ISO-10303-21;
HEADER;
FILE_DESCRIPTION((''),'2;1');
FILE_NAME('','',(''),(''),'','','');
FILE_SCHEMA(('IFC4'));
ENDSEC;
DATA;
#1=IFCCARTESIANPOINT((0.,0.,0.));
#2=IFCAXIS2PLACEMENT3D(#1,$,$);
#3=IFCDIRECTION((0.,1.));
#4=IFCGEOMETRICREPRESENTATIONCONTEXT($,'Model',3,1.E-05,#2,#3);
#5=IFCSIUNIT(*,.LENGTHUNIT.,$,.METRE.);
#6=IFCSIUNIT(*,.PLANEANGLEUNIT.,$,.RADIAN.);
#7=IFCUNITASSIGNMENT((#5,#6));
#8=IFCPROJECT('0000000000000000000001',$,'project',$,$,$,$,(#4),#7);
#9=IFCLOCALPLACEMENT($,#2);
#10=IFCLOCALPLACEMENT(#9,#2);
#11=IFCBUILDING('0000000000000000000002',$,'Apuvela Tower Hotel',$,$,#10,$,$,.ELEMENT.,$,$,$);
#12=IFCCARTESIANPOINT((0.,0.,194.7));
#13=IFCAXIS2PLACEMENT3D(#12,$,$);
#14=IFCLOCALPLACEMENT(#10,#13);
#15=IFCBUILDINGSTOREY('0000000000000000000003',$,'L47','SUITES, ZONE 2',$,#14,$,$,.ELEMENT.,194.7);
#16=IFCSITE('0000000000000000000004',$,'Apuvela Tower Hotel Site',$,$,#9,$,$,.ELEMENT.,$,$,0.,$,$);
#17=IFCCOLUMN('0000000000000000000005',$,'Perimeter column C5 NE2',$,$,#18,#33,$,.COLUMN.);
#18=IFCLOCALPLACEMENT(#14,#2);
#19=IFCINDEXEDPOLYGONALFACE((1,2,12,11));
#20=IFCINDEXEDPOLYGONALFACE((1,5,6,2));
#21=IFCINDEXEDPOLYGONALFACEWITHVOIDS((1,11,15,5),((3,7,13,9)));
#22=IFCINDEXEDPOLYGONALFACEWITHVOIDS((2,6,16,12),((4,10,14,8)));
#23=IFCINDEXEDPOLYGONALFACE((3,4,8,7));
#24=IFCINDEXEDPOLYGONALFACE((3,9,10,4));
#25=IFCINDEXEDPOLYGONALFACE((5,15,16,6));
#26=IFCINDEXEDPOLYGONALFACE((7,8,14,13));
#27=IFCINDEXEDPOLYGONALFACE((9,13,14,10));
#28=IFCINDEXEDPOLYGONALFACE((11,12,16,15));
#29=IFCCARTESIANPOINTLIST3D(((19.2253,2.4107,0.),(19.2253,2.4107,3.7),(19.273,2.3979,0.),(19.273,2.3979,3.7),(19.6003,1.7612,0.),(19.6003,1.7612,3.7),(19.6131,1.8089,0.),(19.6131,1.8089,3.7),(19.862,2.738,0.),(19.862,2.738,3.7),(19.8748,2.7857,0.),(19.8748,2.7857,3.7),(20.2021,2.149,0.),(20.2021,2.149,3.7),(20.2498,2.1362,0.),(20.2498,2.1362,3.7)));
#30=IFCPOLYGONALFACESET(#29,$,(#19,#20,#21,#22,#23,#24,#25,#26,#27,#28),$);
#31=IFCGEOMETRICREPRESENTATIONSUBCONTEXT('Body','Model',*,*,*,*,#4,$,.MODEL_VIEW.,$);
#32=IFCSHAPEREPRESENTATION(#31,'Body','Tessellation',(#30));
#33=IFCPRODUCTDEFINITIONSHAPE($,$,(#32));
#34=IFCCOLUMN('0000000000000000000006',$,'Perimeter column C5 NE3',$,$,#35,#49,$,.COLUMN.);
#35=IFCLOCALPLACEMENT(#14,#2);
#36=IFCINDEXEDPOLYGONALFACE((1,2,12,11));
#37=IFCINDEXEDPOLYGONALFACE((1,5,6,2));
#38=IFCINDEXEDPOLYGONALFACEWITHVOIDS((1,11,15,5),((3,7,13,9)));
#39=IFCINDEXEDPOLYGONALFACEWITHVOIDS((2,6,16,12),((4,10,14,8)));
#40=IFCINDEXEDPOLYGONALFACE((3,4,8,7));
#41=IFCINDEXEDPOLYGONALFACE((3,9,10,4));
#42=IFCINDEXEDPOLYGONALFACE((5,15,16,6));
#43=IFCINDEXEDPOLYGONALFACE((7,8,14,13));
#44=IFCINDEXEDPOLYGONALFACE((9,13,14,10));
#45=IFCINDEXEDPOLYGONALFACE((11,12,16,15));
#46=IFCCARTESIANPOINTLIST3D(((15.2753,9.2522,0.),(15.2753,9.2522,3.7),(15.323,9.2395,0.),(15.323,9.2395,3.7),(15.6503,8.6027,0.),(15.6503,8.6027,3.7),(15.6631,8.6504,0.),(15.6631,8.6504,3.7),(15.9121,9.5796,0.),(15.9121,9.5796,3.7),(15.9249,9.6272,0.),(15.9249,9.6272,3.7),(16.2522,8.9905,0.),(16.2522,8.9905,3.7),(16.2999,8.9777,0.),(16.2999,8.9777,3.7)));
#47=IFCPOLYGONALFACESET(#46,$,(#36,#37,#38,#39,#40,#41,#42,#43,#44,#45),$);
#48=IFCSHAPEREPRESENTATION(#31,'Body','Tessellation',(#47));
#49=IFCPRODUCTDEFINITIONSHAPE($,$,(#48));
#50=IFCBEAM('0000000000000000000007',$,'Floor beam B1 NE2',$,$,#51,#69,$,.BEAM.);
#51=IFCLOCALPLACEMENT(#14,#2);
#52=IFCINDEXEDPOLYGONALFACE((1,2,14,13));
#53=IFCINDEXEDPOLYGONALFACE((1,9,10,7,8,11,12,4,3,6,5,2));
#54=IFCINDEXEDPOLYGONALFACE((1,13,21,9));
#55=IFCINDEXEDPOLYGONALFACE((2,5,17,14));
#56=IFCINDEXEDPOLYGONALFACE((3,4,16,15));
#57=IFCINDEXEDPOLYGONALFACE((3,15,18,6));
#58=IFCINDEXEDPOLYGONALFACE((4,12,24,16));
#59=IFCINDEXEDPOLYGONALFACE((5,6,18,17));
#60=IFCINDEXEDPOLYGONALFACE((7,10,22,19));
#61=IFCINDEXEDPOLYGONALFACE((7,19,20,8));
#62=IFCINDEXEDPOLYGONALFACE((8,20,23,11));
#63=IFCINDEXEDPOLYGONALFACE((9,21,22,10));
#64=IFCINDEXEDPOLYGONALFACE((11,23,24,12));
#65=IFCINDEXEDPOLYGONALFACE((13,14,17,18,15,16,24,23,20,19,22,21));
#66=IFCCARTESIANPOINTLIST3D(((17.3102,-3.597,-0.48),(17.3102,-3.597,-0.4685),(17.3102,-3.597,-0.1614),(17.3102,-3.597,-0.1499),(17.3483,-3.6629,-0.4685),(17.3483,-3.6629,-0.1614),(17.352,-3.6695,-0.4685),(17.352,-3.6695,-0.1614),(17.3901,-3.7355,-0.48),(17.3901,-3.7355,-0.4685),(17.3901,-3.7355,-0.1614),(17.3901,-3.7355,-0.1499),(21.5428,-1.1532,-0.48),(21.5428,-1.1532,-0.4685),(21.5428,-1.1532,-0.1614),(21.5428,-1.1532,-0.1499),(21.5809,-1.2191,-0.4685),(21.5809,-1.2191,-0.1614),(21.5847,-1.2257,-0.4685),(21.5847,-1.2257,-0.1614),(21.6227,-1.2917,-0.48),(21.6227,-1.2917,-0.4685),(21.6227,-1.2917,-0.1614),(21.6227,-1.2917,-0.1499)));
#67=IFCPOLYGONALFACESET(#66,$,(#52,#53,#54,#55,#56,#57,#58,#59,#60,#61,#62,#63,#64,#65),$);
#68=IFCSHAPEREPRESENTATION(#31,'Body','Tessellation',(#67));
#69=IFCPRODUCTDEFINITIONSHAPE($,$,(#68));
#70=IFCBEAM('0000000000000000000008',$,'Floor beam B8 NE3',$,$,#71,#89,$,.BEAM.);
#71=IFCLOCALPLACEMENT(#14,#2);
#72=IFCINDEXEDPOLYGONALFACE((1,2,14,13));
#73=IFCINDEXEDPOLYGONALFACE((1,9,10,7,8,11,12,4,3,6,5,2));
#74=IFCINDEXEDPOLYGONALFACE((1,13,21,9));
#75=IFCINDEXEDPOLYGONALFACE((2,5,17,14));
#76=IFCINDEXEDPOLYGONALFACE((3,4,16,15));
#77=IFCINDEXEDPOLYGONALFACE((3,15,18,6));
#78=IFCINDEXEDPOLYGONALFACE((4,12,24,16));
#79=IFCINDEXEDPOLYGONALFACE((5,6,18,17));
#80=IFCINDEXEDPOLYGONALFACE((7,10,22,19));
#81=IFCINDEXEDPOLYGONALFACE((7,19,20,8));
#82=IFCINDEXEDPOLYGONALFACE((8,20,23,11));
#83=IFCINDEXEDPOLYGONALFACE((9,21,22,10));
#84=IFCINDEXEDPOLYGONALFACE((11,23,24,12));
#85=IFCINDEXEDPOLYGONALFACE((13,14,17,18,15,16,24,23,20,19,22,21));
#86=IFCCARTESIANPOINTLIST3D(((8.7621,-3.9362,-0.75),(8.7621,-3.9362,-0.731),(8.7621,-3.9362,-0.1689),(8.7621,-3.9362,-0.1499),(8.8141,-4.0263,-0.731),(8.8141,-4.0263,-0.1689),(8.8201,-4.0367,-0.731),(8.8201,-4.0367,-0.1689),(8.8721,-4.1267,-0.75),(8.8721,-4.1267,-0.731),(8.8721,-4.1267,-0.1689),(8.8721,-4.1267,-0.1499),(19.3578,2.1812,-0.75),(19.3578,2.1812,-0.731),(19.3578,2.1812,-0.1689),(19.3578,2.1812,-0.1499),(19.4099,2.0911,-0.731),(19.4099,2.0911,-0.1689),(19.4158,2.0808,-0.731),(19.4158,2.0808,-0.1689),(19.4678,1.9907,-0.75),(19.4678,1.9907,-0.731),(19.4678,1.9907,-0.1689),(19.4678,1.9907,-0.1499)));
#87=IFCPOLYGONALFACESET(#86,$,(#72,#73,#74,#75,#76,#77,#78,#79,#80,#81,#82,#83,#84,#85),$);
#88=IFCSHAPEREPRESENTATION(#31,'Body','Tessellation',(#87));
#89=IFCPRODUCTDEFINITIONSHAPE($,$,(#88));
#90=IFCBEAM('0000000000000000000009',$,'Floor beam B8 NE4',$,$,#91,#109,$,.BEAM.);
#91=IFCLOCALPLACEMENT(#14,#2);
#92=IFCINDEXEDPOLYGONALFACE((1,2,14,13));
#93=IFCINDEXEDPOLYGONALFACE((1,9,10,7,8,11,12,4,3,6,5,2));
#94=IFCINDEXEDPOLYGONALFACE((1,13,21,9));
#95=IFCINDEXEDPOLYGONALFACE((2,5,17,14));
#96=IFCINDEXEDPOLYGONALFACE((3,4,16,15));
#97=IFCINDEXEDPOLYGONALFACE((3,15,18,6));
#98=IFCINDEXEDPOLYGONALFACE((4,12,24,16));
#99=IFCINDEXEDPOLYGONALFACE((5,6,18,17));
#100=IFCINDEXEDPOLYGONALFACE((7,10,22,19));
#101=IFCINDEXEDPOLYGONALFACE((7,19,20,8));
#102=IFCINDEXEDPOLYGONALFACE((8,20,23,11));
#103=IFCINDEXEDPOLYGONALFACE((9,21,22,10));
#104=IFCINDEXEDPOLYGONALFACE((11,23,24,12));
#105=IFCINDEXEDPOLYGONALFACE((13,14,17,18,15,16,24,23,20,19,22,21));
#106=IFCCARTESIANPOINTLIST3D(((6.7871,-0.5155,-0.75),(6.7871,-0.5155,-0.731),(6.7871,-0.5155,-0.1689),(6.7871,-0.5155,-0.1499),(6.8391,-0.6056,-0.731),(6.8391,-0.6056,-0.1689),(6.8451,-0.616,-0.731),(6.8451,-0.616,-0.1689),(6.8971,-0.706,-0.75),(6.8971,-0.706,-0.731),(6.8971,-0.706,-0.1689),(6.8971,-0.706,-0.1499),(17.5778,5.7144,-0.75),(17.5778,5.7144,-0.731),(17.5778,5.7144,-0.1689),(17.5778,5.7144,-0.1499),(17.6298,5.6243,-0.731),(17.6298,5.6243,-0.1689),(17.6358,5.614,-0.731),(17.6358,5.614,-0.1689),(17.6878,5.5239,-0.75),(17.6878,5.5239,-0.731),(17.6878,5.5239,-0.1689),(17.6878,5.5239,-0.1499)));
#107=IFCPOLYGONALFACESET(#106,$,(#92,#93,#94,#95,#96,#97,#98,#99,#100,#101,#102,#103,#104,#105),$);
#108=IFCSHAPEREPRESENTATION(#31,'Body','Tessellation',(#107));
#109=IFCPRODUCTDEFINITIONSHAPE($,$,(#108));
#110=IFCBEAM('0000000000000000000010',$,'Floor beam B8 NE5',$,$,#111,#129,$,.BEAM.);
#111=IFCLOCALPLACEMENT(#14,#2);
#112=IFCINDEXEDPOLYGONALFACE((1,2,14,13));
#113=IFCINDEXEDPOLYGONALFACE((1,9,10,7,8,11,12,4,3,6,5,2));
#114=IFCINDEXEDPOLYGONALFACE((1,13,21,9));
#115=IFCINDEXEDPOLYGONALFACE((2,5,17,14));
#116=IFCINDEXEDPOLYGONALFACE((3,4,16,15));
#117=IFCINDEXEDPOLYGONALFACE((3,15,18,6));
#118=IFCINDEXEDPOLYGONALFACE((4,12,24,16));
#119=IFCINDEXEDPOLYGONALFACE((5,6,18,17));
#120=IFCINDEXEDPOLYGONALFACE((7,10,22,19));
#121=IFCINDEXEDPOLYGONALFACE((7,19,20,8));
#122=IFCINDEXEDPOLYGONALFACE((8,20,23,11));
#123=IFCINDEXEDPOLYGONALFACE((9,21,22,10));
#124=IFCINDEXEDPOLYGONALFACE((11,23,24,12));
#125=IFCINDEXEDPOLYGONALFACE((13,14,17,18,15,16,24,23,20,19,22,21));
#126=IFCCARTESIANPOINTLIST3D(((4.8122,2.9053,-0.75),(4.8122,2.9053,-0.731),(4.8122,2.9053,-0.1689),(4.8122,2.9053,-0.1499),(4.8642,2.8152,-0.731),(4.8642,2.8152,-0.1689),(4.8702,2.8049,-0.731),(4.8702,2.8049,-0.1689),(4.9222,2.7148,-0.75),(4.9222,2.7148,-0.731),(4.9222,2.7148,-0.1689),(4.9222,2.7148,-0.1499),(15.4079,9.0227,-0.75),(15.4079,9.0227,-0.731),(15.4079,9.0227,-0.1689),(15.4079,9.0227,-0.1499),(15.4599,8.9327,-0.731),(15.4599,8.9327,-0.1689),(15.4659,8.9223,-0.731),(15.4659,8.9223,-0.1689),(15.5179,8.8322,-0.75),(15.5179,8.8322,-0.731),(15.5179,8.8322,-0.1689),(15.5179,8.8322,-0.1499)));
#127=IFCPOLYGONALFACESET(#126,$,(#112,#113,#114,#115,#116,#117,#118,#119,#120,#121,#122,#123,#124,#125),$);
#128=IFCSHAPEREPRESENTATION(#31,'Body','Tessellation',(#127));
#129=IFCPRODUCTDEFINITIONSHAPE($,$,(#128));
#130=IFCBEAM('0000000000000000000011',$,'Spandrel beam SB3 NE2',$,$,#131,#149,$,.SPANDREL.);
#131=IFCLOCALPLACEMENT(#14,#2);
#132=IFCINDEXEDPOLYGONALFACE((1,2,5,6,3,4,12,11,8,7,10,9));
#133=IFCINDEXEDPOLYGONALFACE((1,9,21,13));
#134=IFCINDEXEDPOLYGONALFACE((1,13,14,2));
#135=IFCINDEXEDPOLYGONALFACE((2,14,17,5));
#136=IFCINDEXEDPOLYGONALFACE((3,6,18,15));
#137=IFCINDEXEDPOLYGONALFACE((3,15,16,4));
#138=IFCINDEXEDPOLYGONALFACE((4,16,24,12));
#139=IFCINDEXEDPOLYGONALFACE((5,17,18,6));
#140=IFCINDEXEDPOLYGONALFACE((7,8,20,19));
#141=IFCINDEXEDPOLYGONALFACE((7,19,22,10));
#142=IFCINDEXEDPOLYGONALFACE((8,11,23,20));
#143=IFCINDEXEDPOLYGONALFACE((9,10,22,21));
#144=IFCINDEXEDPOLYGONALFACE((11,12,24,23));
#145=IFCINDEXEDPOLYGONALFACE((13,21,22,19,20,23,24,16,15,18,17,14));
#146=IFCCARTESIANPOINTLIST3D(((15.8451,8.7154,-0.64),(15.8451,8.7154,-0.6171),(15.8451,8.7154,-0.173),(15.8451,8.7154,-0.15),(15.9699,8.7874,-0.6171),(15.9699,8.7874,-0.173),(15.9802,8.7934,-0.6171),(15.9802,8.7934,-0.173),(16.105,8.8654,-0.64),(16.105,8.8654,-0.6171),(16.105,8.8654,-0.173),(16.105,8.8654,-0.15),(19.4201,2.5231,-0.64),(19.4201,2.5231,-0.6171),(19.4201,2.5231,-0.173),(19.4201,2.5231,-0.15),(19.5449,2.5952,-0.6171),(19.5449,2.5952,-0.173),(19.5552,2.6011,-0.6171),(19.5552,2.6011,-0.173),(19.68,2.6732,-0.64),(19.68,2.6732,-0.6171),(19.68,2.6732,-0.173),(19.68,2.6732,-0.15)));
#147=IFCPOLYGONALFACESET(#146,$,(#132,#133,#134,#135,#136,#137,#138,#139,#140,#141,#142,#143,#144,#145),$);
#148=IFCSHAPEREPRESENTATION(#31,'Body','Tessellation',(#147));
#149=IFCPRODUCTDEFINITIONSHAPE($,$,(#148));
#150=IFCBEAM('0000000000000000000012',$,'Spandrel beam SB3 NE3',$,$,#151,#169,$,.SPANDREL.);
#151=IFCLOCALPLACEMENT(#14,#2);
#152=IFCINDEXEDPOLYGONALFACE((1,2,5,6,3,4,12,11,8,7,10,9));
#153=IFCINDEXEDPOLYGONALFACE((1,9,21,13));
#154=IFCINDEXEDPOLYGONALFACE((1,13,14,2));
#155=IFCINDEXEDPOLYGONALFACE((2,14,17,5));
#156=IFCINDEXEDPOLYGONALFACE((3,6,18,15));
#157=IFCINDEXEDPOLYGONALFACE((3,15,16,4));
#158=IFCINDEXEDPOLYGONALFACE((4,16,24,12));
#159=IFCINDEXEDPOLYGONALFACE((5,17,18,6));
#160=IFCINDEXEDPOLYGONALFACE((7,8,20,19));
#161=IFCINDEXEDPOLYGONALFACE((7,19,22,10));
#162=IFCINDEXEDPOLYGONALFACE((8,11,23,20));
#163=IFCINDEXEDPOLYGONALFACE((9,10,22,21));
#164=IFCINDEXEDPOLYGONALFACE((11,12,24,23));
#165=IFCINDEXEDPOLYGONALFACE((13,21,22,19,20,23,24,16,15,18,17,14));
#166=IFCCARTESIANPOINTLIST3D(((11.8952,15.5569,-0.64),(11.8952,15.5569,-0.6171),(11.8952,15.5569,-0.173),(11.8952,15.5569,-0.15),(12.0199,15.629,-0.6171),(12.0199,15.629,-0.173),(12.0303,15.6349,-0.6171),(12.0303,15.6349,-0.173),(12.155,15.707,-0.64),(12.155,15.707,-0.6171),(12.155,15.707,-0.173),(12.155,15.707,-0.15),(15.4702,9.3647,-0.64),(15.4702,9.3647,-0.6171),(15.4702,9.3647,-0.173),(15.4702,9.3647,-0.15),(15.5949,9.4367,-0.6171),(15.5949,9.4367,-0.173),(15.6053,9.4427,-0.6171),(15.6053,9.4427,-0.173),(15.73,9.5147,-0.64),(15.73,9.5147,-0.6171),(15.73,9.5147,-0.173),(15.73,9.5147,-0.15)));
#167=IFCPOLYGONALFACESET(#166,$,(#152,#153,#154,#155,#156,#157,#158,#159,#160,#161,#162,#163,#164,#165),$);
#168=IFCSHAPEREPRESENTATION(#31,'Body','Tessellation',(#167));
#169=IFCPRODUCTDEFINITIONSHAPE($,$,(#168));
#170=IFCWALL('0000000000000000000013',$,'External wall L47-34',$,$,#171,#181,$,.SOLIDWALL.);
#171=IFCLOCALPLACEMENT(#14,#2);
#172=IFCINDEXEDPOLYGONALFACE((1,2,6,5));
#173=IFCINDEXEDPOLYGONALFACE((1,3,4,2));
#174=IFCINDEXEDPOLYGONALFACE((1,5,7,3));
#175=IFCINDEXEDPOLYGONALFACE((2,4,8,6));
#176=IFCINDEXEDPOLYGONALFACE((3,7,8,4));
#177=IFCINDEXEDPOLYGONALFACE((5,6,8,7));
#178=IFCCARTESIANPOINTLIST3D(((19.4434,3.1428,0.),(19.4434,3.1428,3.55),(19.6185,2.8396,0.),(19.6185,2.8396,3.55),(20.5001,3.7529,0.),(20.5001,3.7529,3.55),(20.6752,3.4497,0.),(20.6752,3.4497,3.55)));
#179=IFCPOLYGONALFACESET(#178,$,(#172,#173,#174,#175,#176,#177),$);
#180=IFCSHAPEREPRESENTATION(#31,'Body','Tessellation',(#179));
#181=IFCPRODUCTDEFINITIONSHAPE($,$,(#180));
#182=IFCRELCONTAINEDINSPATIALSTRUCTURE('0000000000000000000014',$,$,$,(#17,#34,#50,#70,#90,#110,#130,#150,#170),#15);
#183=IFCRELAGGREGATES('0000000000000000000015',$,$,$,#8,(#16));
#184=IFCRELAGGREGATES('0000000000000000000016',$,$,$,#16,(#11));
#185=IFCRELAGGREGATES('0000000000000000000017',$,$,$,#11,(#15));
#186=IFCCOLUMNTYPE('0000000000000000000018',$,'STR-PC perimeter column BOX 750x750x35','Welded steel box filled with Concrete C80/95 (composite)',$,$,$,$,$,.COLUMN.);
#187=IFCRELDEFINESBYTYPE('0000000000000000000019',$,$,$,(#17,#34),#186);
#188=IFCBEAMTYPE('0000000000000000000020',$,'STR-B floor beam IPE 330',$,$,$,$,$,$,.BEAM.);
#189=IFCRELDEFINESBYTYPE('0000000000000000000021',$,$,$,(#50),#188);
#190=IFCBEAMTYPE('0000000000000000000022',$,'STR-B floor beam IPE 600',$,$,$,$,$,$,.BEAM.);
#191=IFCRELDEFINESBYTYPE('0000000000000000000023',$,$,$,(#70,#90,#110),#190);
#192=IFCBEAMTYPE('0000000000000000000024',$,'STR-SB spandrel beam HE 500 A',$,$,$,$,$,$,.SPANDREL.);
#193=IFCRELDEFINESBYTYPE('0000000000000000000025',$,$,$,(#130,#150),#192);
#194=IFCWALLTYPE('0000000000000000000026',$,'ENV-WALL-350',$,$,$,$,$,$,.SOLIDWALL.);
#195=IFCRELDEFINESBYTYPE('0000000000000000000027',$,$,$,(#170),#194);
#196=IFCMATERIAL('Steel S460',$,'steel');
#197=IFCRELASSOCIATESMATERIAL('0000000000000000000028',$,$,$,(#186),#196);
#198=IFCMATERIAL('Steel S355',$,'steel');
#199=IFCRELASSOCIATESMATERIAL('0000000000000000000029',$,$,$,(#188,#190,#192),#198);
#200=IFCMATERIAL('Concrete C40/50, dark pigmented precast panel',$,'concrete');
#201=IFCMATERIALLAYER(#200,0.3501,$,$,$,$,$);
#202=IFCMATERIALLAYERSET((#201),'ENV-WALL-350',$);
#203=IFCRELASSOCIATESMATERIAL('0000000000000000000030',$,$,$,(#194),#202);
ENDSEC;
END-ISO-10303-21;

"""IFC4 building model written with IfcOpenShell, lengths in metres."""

from ifc_helpers import new_model, si_unit, direction, frame, frame_2d, origin, origin_2d, place, context, subcontext, project, spatial, rectangle, hollow_rectangle, i_section, extrude, material, layer, layer_set, material_profile, profile_set, type_object, element, save


model = new_model("IFC4")

# Units and contexts
model_context = context("Model", 3, precision=1e-05, world=origin(), true_north=direction((0.0, 1.0)))
body_context = subcontext(model_context, "Body", "Model", "MODEL_VIEW")
ifc_project = project(units=[si_unit("LENGTHUNIT", "METRE"), si_unit("PLANEANGLEUNIT", "RADIAN")], contexts=[model_context])

# Site, building, storey
site_placement = place(None, origin())
site = spatial("IfcSite", under=ifc_project, at=site_placement, Name="Apuvela Tower Hotel Site", CompositionType="ELEMENT", RefElevation=0.0)
building_placement = place(site_placement, origin())
building = spatial("IfcBuilding", under=site, at=building_placement, Name="Apuvela Tower Hotel", CompositionType="ELEMENT")
storey_placement = place(building_placement, frame((0.0, 0.0, 194.7)))
storey = spatial("IfcBuildingStorey", under=building, at=storey_placement, Name="L47", Description="SUITES, ZONE 2", CompositionType="ELEMENT", Elevation=194.7)

# Columns
ifc_material_1 = material(Name="Steel S460", Category="steel")
ifc_material_profile_1 = material_profile(ifc_material_1, hollow_rectangle(XDim=0.75, YDim=0.75, WallThickness=0.0349, at=origin_2d()), Name="BOX 750x750x35")
ifc_material_2 = material(Name="Concrete C80/95", Category="concrete")
ifc_material_profile_2 = material_profile(ifc_material_2, rectangle(XDim=0.6799, YDim=0.6799, at=origin_2d()), Name="Concrete C80/95 infill")
ifc_profile_set_1 = profile_set([ifc_material_profile_1, ifc_material_profile_2], Name="Steel S460")
column_type = type_object("IfcColumnType", Name="STR-PC perimeter column BOX 750x750x35", Description="Welded steel box filled with Concrete C80/95 (composite)", PredefinedType="COLUMN", material=ifc_profile_set_1)
for number, where, z_axis, x_axis, name in (
    (1, (19.7375, 2.2734, 0.0), (0.0, 0.0, 1.0), (-0.5, 0.866025, 0.0), "Perimeter column C5 NE2"),
    (2, (15.7876, 9.115, 0.0), (0.0, 0.0, 1.0), (-0.5, 0.866025, 0.0), "Perimeter column C5 NE3"),
):
    element("IfcColumn", number, at=place(storey_placement, frame(where, z_axis=z_axis, x_axis=x_axis)), inside=storey, type_object=column_type, Name=name, PredefinedType="COLUMN", context=body_context, shape_type="SweptSolid", body=[
        extrude(hollow_rectangle(XDim=0.75, YDim=0.75, WallThickness=0.0349, at=origin_2d()), origin(), (0.0, 0.0, 1.0), 3.7),
    ])

# Beams
ifc_material_3 = material(Name="Steel S355", Category="steel")
ifc_material_profile_3 = material_profile(ifc_material_3, i_section(OverallWidth=0.1599, OverallDepth=0.3301, WebThickness=0.0076, FlangeThickness=0.0115, at=origin_2d()), Name="IPE 330")
ifc_profile_set_2 = profile_set([ifc_material_profile_3], Name="Steel S355")
beam_type_1 = type_object("IfcBeamType", Name="STR-B floor beam IPE 330", PredefinedType="BEAM", material=ifc_profile_set_2)
beam_1_placement = place(storey_placement, frame((21.5828, -1.2224, -0.3149), z_axis=(-0.866015, -0.500018, 0.0), x_axis=(0.500018, -0.866015, 0.0)))
element("IfcBeam", 3, at=beam_1_placement, inside=storey, type_object=beam_type_1, Name="Floor beam B1 NE2", PredefinedType="BEAM", context=body_context, shape_type="SweptSolid", body=[
    extrude(i_section(OverallWidth=0.1599, OverallDepth=0.3301, WebThickness=0.0076, FlangeThickness=0.0115, at=origin_2d()), origin(), (0.0, 0.0, 1.0), 4.8875),
])
ifc_material_profile_4 = material_profile(ifc_material_3, i_section(OverallWidth=0.22, OverallDepth=0.6001, WebThickness=0.012, FlangeThickness=0.019, at=origin_2d()), Name="IPE 600")
ifc_profile_set_3 = profile_set([ifc_material_profile_4], Name="Steel S355")
beam_type_2 = type_object("IfcBeamType", Name="STR-B floor beam IPE 600", PredefinedType="BEAM", material=ifc_profile_set_3)
beam_2_placement = place(storey_placement, frame((19.4128, 2.0859, -0.45), z_axis=(-0.866025, -0.5, 0.0), x_axis=(0.5, -0.866025, 0.0)))
element("IfcBeam", 4, at=beam_2_placement, inside=storey, type_object=beam_type_2, Name="Floor beam B8 NE3", PredefinedType="BEAM", context=body_context, shape_type="SweptSolid", body=[
    extrude(i_section(OverallWidth=0.22, OverallDepth=0.6001, WebThickness=0.012, FlangeThickness=0.019, at=origin_2d()), origin(), (0.0, 0.0, 1.0), 12.2349),
])
beam_3_placement = place(storey_placement, frame((17.6328, 5.6191, -0.45), z_axis=(-0.866028, -0.499996, 0.0), x_axis=(0.499996, -0.866028, 0.0)))
element("IfcBeam", 5, at=beam_3_placement, inside=storey, type_object=beam_type_2, Name="Floor beam B8 NE4", PredefinedType="BEAM", context=body_context, shape_type="SweptSolid", body=[
    extrude(i_section(OverallWidth=0.22, OverallDepth=0.6001, WebThickness=0.012, FlangeThickness=0.019, at=origin_2d()), origin(), (0.0, 0.0, 1.0), 12.46),
])
beam_4_placement = place(storey_placement, frame((15.4629, 8.9275, -0.45), z_axis=(-0.866025, -0.5, 0.0), x_axis=(0.5, -0.866025, 0.0)))
element("IfcBeam", 6, at=beam_4_placement, inside=storey, type_object=beam_type_2, Name="Floor beam B8 NE5", PredefinedType="BEAM", context=body_context, shape_type="SweptSolid", body=[
    extrude(i_section(OverallWidth=0.22, OverallDepth=0.6001, WebThickness=0.012, FlangeThickness=0.019, at=origin_2d()), origin(), (0.0, 0.0, 1.0), 12.2349),
])
ifc_material_profile_5 = material_profile(ifc_material_3, i_section(OverallWidth=0.3, OverallDepth=0.49, WebThickness=0.012, FlangeThickness=0.0229, at=origin_2d()), Name="HE 500 A")
ifc_profile_set_4 = profile_set([ifc_material_profile_5], Name="Steel S355")
beam_type_3 = type_object("IfcBeamType", Name="STR-SB spandrel beam HE 500 A", PredefinedType="SPANDREL", material=ifc_profile_set_4)
for number, where, z_axis, x_axis, name in (
    (7, (19.55, 2.5981, -0.395), (-0.499991, 0.86603, 0.0), (-0.86603, -0.499991, 0.0), "Spandrel beam SB3 NE2"),
    (8, (15.6001, 9.4397, -0.395), (-0.499991, 0.86603, 0.0), (-0.86603, -0.499991, 0.0), "Spandrel beam SB3 NE3"),
):
    element("IfcBeam", number, at=place(storey_placement, frame(where, z_axis=z_axis, x_axis=x_axis)), inside=storey, type_object=beam_type_3, Name=name, PredefinedType="SPANDREL", context=body_context, shape_type="SweptSolid", body=[
        extrude(i_section(OverallWidth=0.3, OverallDepth=0.49, WebThickness=0.012, FlangeThickness=0.0229, at=origin_2d()), origin(), (0.0, 0.0, 1.0), 7.1501),
    ])

# Wall
ifc_material_4 = material(Name="Concrete C40/50, dark pigmented precast panel", Category="concrete")
ifc_layer_1 = layer(ifc_material_4, 0.3501)
ifc_layer_set_1 = layer_set([ifc_layer_1], Name="ENV-WALL-350")
wall_type_1 = type_object("IfcWallType", Name="ENV-WALL-350", PredefinedType="SOLIDWALL", material=ifc_layer_set_1)
wall_1_placement = place(storey_placement, frame((20.5876, 3.6013, 0.0), z_axis=(0.0, 0.0, 1.0), x_axis=(-0.866006, -0.500034, 0.0)))
element("IfcWall", 9, at=wall_1_placement, inside=storey, type_object=wall_type_1, Name="External wall L47-34", PredefinedType="SOLIDWALL", context=body_context, shape_type="SweptSolid", body=[
    extrude(rectangle(XDim=1.2202, YDim=0.3501, at=frame_2d((0.6101, 0.0))), origin(), (0.0, 0.0, 1.0), 3.55),
])

save(model, "model.ifc")
